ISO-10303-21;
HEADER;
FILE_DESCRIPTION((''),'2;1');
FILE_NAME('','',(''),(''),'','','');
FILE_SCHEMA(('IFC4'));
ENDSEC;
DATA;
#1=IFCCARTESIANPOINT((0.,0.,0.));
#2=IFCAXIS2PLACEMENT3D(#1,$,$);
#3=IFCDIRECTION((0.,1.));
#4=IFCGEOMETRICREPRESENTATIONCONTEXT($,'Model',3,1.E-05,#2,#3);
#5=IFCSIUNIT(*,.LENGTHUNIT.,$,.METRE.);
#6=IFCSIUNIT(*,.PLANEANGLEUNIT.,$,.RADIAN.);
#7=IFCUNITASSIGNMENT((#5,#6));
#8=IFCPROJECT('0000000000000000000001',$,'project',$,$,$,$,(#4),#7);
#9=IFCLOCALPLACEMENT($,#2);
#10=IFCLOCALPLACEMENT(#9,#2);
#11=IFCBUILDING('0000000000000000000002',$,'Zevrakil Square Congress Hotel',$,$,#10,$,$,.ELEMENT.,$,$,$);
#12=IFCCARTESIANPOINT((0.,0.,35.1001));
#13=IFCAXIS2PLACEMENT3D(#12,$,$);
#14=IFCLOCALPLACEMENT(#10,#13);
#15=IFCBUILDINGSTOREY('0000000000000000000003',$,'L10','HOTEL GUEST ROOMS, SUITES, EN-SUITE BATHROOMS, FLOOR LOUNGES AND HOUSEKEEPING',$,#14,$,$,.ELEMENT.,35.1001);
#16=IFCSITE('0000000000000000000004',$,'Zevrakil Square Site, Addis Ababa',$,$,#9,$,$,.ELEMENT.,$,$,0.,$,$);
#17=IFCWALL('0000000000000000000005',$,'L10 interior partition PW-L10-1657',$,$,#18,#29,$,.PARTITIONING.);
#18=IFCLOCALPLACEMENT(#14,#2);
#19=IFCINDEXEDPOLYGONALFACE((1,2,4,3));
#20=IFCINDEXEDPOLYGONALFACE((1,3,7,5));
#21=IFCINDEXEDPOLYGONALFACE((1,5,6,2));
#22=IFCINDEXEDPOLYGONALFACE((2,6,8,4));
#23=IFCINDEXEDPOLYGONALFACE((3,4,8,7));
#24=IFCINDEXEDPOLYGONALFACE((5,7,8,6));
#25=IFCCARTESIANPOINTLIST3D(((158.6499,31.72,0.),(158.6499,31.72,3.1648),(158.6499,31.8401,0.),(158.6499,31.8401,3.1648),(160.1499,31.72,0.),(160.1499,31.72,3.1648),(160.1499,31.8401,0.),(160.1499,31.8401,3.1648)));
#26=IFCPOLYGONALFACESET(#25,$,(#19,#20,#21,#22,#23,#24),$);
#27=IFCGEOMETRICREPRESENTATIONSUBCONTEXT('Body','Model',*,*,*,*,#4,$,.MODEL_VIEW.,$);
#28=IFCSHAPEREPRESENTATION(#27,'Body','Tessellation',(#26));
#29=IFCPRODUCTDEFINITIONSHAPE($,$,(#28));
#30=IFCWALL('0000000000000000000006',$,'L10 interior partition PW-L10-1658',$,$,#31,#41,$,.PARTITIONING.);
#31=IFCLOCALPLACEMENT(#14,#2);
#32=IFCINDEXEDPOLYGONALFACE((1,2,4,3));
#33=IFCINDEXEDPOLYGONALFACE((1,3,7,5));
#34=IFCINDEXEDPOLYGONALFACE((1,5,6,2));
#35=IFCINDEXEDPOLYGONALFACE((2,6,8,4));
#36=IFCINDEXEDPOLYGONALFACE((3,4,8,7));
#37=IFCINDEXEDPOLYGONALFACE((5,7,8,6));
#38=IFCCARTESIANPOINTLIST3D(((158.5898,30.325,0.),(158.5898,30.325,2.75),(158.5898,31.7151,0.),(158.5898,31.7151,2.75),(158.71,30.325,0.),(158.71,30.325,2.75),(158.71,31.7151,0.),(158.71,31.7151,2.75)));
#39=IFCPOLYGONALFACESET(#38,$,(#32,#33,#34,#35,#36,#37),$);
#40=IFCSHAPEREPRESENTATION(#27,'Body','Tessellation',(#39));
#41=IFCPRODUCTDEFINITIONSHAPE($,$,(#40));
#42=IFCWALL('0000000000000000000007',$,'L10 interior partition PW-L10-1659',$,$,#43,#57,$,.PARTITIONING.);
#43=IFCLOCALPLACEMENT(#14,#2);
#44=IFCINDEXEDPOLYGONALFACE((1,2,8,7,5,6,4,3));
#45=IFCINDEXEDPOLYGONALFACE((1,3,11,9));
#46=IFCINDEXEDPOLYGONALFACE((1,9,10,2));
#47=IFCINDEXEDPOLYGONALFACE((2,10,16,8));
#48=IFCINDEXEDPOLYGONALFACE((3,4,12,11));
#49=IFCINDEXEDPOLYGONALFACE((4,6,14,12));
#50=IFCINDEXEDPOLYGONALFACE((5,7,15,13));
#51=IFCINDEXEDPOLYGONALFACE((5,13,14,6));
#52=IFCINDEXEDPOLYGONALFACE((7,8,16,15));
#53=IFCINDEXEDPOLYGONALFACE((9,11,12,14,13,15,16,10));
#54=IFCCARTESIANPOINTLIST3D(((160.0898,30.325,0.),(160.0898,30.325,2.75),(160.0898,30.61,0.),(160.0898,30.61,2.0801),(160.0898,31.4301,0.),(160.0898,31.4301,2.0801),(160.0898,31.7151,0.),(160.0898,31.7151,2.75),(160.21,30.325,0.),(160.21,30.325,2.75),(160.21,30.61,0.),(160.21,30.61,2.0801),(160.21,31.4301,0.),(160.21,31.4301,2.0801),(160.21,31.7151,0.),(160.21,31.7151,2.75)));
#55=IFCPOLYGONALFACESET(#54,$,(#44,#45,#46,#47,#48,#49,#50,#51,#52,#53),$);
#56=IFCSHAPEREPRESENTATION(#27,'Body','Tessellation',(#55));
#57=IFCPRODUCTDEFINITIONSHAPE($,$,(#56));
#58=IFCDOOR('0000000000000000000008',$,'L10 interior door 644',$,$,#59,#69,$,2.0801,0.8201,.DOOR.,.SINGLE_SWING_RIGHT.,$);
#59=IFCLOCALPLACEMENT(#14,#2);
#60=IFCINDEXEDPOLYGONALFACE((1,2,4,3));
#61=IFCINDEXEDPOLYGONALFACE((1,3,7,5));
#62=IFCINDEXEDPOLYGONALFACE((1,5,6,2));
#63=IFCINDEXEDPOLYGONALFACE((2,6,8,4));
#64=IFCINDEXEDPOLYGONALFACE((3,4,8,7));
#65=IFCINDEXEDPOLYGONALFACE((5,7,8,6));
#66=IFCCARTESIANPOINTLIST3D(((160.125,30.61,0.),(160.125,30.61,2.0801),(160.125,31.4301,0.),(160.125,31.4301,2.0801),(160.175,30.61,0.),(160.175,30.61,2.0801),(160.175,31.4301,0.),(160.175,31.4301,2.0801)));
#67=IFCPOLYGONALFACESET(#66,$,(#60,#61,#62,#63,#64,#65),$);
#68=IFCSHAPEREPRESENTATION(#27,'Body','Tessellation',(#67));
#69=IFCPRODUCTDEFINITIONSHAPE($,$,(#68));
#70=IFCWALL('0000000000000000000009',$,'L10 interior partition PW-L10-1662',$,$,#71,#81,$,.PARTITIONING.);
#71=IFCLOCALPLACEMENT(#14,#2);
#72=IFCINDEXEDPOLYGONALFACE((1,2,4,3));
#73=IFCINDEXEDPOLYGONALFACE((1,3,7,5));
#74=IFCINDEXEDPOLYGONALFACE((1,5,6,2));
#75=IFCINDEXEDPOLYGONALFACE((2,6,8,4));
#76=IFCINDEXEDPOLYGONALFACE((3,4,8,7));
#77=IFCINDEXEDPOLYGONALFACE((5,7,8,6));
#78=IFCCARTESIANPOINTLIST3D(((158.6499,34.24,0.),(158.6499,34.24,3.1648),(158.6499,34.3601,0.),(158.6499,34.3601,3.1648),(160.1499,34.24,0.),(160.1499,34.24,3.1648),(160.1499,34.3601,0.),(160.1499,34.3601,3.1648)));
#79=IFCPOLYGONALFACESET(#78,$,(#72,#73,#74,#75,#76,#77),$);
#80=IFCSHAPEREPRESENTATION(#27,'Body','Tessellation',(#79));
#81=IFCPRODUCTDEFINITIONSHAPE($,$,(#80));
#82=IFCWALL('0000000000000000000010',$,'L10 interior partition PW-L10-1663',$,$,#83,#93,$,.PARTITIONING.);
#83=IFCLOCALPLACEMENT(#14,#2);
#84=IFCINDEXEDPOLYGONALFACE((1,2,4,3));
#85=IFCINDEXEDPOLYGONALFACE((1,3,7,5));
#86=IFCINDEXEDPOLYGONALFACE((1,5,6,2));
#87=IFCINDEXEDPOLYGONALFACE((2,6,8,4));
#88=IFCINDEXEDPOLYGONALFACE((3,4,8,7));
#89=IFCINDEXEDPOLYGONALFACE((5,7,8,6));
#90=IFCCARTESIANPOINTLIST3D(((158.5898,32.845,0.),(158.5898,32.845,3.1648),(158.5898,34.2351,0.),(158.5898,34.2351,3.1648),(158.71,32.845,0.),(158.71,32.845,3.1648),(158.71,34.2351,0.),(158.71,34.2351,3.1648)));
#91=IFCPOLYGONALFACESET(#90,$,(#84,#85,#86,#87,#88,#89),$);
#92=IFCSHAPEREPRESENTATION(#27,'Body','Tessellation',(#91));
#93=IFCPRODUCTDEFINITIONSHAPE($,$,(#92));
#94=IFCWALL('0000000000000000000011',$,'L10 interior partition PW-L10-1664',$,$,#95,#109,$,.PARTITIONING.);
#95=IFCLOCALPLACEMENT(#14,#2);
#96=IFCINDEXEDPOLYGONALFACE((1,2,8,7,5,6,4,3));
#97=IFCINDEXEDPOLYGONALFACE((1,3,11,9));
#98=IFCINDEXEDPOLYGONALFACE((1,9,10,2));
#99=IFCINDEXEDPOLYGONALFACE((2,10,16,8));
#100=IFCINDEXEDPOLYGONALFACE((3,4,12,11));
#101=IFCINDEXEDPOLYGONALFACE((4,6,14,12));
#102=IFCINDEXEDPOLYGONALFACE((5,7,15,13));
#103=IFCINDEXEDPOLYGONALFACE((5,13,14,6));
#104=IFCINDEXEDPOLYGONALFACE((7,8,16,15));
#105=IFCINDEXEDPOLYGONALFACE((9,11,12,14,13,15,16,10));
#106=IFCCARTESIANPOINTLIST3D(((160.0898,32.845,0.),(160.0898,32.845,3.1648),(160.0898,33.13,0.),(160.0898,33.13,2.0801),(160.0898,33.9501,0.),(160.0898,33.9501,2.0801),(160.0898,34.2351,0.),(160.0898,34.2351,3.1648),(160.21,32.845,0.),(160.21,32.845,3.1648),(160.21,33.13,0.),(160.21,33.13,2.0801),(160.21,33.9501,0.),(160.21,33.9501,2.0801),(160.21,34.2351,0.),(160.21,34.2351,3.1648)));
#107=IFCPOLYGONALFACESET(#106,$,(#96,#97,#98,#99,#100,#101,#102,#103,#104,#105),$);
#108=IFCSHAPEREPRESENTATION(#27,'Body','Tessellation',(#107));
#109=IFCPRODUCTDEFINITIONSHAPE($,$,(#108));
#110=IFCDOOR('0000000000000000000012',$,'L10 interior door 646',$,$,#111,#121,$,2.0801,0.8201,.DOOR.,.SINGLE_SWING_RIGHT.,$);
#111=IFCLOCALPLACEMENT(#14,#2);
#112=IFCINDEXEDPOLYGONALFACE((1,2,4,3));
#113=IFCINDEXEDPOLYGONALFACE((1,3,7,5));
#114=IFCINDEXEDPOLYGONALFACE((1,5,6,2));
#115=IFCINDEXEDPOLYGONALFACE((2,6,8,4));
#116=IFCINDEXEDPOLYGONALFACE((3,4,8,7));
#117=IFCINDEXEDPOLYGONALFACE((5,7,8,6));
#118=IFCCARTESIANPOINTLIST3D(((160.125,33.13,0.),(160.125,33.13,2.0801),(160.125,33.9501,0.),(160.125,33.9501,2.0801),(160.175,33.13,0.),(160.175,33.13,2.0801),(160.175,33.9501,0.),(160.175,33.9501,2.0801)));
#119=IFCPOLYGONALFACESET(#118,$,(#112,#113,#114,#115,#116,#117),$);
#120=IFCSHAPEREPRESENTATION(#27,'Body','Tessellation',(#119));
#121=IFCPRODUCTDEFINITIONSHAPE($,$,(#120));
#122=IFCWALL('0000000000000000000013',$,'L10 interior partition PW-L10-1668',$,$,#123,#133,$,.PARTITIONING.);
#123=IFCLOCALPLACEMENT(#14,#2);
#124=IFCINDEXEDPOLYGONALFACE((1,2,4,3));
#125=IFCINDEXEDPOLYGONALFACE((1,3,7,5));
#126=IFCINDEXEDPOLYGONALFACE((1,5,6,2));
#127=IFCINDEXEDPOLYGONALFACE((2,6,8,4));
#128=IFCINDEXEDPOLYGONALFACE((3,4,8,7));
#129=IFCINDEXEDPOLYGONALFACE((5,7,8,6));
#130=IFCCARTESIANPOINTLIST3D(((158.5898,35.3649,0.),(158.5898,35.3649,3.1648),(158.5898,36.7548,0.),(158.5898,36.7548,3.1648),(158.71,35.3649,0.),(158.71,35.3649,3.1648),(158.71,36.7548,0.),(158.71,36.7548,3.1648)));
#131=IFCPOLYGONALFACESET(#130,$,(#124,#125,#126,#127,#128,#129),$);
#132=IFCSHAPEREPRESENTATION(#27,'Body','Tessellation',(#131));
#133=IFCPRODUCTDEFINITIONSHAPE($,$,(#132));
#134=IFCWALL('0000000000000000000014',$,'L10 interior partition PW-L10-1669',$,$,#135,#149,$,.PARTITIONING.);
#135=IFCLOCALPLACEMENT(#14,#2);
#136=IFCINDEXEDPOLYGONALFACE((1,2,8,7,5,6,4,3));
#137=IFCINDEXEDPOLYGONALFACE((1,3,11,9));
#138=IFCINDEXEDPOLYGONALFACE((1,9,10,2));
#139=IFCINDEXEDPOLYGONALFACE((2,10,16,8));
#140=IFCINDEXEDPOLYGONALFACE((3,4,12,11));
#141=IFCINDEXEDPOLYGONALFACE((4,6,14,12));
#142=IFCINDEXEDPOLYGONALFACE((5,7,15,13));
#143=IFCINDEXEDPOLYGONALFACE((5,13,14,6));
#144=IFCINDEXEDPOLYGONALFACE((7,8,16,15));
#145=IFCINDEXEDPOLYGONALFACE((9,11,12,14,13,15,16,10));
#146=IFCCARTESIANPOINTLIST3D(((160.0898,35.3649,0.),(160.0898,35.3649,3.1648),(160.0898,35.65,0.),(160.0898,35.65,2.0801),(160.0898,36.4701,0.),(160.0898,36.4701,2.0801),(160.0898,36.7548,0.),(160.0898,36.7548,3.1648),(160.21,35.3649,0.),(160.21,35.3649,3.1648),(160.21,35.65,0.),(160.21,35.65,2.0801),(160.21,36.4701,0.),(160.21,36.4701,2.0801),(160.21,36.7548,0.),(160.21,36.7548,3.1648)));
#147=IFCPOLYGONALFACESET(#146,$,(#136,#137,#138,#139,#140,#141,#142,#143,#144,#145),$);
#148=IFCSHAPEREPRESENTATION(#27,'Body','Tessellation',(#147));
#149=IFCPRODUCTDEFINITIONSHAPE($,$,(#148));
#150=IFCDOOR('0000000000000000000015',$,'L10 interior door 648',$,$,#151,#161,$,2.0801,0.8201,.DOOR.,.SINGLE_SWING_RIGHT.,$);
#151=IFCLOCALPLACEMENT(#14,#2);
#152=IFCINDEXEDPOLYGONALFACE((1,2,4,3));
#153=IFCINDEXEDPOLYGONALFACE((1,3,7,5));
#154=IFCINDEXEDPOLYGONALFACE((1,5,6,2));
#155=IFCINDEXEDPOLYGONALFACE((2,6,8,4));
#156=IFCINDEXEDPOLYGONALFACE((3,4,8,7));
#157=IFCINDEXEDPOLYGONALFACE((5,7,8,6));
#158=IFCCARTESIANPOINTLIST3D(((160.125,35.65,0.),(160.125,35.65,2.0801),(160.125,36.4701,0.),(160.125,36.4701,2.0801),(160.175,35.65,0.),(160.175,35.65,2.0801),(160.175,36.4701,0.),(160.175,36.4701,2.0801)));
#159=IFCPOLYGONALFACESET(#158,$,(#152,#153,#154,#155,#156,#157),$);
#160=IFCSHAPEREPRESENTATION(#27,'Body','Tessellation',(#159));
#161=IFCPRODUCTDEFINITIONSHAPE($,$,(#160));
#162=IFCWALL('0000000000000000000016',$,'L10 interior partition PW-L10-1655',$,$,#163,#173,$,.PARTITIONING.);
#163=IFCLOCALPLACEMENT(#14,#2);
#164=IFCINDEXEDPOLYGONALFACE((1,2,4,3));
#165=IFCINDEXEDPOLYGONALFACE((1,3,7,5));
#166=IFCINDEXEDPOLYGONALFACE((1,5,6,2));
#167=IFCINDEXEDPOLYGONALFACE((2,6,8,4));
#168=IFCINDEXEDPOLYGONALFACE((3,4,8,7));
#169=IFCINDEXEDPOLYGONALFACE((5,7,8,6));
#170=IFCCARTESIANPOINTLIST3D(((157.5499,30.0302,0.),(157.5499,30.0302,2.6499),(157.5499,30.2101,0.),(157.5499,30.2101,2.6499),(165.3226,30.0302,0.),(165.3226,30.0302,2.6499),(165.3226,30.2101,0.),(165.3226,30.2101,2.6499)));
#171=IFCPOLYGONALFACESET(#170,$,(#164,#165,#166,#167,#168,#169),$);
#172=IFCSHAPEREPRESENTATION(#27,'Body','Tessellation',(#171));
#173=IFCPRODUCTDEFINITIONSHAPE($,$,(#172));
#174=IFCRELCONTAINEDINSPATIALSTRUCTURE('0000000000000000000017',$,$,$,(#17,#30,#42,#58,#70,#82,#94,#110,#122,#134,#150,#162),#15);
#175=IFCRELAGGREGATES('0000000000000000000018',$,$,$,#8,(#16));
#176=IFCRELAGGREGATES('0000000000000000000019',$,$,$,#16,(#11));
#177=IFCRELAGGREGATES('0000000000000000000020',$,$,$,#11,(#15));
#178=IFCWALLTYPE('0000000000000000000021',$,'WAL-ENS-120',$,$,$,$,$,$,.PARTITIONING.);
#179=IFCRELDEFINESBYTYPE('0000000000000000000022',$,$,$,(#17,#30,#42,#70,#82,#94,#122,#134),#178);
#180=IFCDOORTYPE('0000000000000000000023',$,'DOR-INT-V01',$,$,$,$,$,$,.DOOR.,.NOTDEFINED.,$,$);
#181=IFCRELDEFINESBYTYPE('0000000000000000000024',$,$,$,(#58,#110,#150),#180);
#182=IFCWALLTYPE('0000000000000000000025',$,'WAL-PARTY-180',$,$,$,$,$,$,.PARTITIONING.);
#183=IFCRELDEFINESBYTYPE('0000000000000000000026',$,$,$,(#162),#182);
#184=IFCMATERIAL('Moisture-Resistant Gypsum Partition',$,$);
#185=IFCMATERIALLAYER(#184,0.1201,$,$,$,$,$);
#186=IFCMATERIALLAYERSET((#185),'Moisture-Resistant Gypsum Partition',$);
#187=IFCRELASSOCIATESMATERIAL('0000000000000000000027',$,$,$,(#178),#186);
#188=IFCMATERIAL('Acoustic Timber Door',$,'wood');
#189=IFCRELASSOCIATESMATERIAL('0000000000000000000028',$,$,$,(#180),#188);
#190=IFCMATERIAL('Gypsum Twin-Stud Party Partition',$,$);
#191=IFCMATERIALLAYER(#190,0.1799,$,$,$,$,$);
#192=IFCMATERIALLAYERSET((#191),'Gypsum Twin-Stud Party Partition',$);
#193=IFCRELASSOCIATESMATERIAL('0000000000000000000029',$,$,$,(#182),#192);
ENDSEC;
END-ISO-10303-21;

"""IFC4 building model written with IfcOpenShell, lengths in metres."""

from ifc_helpers import new_model, si_unit, direction, frame, frame_2d, origin, place, context, subcontext, project, spatial, rectangle, extrude, material, layer, layer_set, type_object, element, fill, save


model = new_model("IFC4")

# Units and contexts
model_context = context("Model", 3, precision=1e-05, world=origin(), true_north=direction((0.0, 1.0)))
body_context = subcontext(model_context, "Body", "Model", "MODEL_VIEW")
ifc_project = project(units=[si_unit("LENGTHUNIT", "METRE"), si_unit("PLANEANGLEUNIT", "RADIAN")], contexts=[model_context])

# Site, building, storey
site_placement = place(None, origin())
site = spatial("IfcSite", under=ifc_project, at=site_placement, Name="Zevrakil Square Site, Addis Ababa", CompositionType="ELEMENT", RefElevation=0.0)
building_placement = place(site_placement, origin())
building = spatial("IfcBuilding", under=site, at=building_placement, Name="Zevrakil Square Congress Hotel", CompositionType="ELEMENT")
storey_placement = place(building_placement, frame((0.0, 0.0, 35.1001)))
storey = spatial("IfcBuildingStorey", under=building, at=storey_placement, Name="L10", Description="HOTEL GUEST ROOMS, SUITES, EN-SUITE BATHROOMS, FLOOR LOUNGES AND HOUSEKEEPING", CompositionType="ELEMENT", Elevation=35.1001)

# Walls
ifc_material_1 = material(Name="Moisture-Resistant Gypsum Partition")
ifc_layer_1 = layer(ifc_material_1, 0.1201)
ifc_layer_set_1 = layer_set([ifc_layer_1], Name="Moisture-Resistant Gypsum Partition")
wall_type_1 = type_object("IfcWallType", Name="WAL-ENS-120", PredefinedType="PARTITIONING", material=ifc_layer_set_1)
for number, where, z_axis, x_axis, name in (
    (1, (158.6499, 31.78, 0.0), (0.0, 0.0, 1.0), (1.0, 0.0, 0.0), "L10 interior partition PW-L10-1657"),
):
    element("IfcWall", number, at=place(storey_placement, frame(where, z_axis=z_axis, x_axis=x_axis)), inside=storey, type_object=wall_type_1, Name=name, PredefinedType="PARTITIONING", context=body_context, shape_type="SweptSolid", body=[
        extrude(rectangle(XDim=1.5, YDim=0.1201, at=frame_2d((0.75, 0.0))), origin(), (0.0, 0.0, 1.0), 3.1648),
    ])
wall_1_placement = place(storey_placement, frame((158.6499, 30.325, 0.0), z_axis=(0.0, 0.0, 1.0), x_axis=(0.0, 1.0, 0.0)))
element("IfcWall", 2, at=wall_1_placement, inside=storey, type_object=wall_type_1, Name="L10 interior partition PW-L10-1658", PredefinedType="PARTITIONING", context=body_context, shape_type="SweptSolid", body=[
    extrude(rectangle(XDim=1.3901, YDim=0.1201, at=frame_2d((0.6951, 0.0))), origin(), (0.0, 0.0, 1.0), 2.75),
])

# Wall, opening, door
wall_2_placement = place(storey_placement, frame((160.1499, 30.325, 0.0), z_axis=(0.0, 0.0, 1.0), x_axis=(0.0, 1.0, 0.0)))
wall_2 = element("IfcWall", 3, at=wall_2_placement, inside=storey, type_object=wall_type_1, Name="L10 interior partition PW-L10-1659", PredefinedType="PARTITIONING", context=body_context, shape_type="SweptSolid", body=[
    extrude(rectangle(XDim=1.3901, YDim=0.1201, at=frame_2d((0.6951, 0.0))), origin(), (0.0, 0.0, 1.0), 2.75),
])
opening_1_placement = place(wall_2_placement, frame((0.2849, 0.0, 0.0)))
opening_1 = element("IfcOpeningElement", 4, at=opening_1_placement, cuts=wall_2, PredefinedType="OPENING", context=body_context, shape_type="SweptSolid", body=[
    extrude(rectangle(XDim=0.8201, YDim=2.0801, at=frame_2d((0.4102, 1.04))), frame((0.0, 0.0701, 0.0), z_axis=(0.0, -1.0, 0.0), x_axis=(1.0, 0.0, 0.0)), (0.0, 0.0, 1.0), 0.1401),
])
ifc_material_2 = material(Name="Acoustic Timber Door", Category="wood")
door_type_1 = type_object("IfcDoorType", Name="DOR-INT-V01", OperationType="NOTDEFINED", PredefinedType="DOOR", material=ifc_material_2)
door_1_placement = place(opening_1_placement, origin())
door_1 = element("IfcDoor", 5, at=door_1_placement, inside=storey, type_object=door_type_1, Name="L10 interior door 644", OperationType="SINGLE_SWING_RIGHT", OverallHeight=2.0801, OverallWidth=0.8201, PredefinedType="DOOR", context=body_context, shape_type="SweptSolid", body=[
    extrude(rectangle(XDim=0.8201, YDim=2.0801, at=frame_2d((0.4102, 1.04))), frame((0.0, 0.0249, 0.0), z_axis=(0.0, -1.0, 0.0), x_axis=(1.0, 0.0, 0.0)), (0.0, 0.0, 1.0), 0.05),
])
fill(opening_1, door_1)

# Walls
wall_3_placement = place(storey_placement, frame((158.6499, 34.3, 0.0), z_axis=(0.0, 0.0, 1.0), x_axis=(1.0, 0.0, 0.0)))
element("IfcWall", 6, at=wall_3_placement, inside=storey, type_object=wall_type_1, Name="L10 interior partition PW-L10-1662", PredefinedType="PARTITIONING", context=body_context, shape_type="SweptSolid", body=[
    extrude(rectangle(XDim=1.5, YDim=0.1201, at=frame_2d((0.75, 0.0))), origin(), (0.0, 0.0, 1.0), 3.1648),
])
wall_4_placement = place(storey_placement, frame((158.6499, 32.845, 0.0), z_axis=(0.0, 0.0, 1.0), x_axis=(0.0, 1.0, 0.0)))
element("IfcWall", 7, at=wall_4_placement, inside=storey, type_object=wall_type_1, Name="L10 interior partition PW-L10-1663", PredefinedType="PARTITIONING", context=body_context, shape_type="SweptSolid", body=[
    extrude(rectangle(XDim=1.3901, YDim=0.1201, at=frame_2d((0.6951, 0.0))), origin(), (0.0, 0.0, 1.0), 3.1648),
])

# Wall, opening, door
wall_5_placement = place(storey_placement, frame((160.1499, 32.845, 0.0), z_axis=(0.0, 0.0, 1.0), x_axis=(0.0, 1.0, 0.0)))
wall_5 = element("IfcWall", 8, at=wall_5_placement, inside=storey, type_object=wall_type_1, Name="L10 interior partition PW-L10-1664", PredefinedType="PARTITIONING", context=body_context, shape_type="SweptSolid", body=[
    extrude(rectangle(XDim=1.3901, YDim=0.1201, at=frame_2d((0.6951, 0.0))), origin(), (0.0, 0.0, 1.0), 3.1648),
])
opening_2_placement = place(wall_5_placement, frame((0.2849, 0.0, 0.0)))
opening_2 = element("IfcOpeningElement", 9, at=opening_2_placement, cuts=wall_5, PredefinedType="OPENING", context=body_context, shape_type="SweptSolid", body=[
    extrude(rectangle(XDim=0.8201, YDim=2.0801, at=frame_2d((0.4102, 1.04))), frame((0.0, 0.0701, 0.0), z_axis=(0.0, -1.0, 0.0), x_axis=(1.0, 0.0, 0.0)), (0.0, 0.0, 1.0), 0.1401),
])
door_2_placement = place(opening_2_placement, origin())
door_2 = element("IfcDoor", 10, at=door_2_placement, inside=storey, type_object=door_type_1, Name="L10 interior door 646", OperationType="SINGLE_SWING_RIGHT", OverallHeight=2.0801, OverallWidth=0.8201, PredefinedType="DOOR", context=body_context, shape_type="SweptSolid", body=[
    extrude(rectangle(XDim=0.8201, YDim=2.0801, at=frame_2d((0.4102, 1.04))), frame((0.0, 0.0249, 0.0), z_axis=(0.0, -1.0, 0.0), x_axis=(1.0, 0.0, 0.0)), (0.0, 0.0, 1.0), 0.05),
])
fill(opening_2, door_2)

# Wall
wall_6_placement = place(storey_placement, frame((158.6499, 35.365, 0.0), z_axis=(0.0, 0.0, 1.0), x_axis=(0.0, 1.0, 0.0)))
element("IfcWall", 11, at=wall_6_placement, inside=storey, type_object=wall_type_1, Name="L10 interior partition PW-L10-1668", PredefinedType="PARTITIONING", context=body_context, shape_type="SweptSolid", body=[
    extrude(rectangle(XDim=1.3899, YDim=0.1201, at=frame_2d((0.6948, 0.0))), origin(), (0.0, 0.0, 1.0), 3.1648),
])

# Wall, opening, door
wall_7_placement = place(storey_placement, frame((160.1499, 35.365, 0.0), z_axis=(0.0, 0.0, 1.0), x_axis=(0.0, 1.0, 0.0)))
wall_7 = element("IfcWall", 12, at=wall_7_placement, inside=storey, type_object=wall_type_1, Name="L10 interior partition PW-L10-1669", PredefinedType="PARTITIONING", context=body_context, shape_type="SweptSolid", body=[
    extrude(rectangle(XDim=1.3899, YDim=0.1201, at=frame_2d((0.6948, 0.0))), origin(), (0.0, 0.0, 1.0), 3.1648),
])
opening_3_placement = place(wall_7_placement, frame((0.2849, 0.0, 0.0)))
opening_3 = element("IfcOpeningElement", 13, at=opening_3_placement, cuts=wall_7, PredefinedType="OPENING", context=body_context, shape_type="SweptSolid", body=[
    extrude(rectangle(XDim=0.8201, YDim=2.0801, at=frame_2d((0.4102, 1.04))), frame((0.0, 0.0701, 0.0), z_axis=(0.0, -1.0, 0.0), x_axis=(1.0, 0.0, 0.0)), (0.0, 0.0, 1.0), 0.1401),
])
door_3_placement = place(opening_3_placement, origin())
door_3 = element("IfcDoor", 14, at=door_3_placement, inside=storey, type_object=door_type_1, Name="L10 interior door 648", OperationType="SINGLE_SWING_RIGHT", OverallHeight=2.0801, OverallWidth=0.8201, PredefinedType="DOOR", context=body_context, shape_type="SweptSolid", body=[
    extrude(rectangle(XDim=0.8201, YDim=2.0801, at=frame_2d((0.4102, 1.04))), frame((0.0, 0.0249, 0.0), z_axis=(0.0, -1.0, 0.0), x_axis=(1.0, 0.0, 0.0)), (0.0, 0.0, 1.0), 0.05),
])
fill(opening_3, door_3)

# Wall
ifc_material_3 = material(Name="Gypsum Twin-Stud Party Partition")
ifc_layer_2 = layer(ifc_material_3, 0.1799)
ifc_layer_set_2 = layer_set([ifc_layer_2], Name="Gypsum Twin-Stud Party Partition")
wall_type_2 = type_object("IfcWallType", Name="WAL-PARTY-180", PredefinedType="PARTITIONING", material=ifc_layer_set_2)
wall_8_placement = place(storey_placement, frame((157.55, 30.1201, 0.0), z_axis=(0.0, 0.0, 1.0), x_axis=(1.0, 0.0, 0.0)))
element("IfcWall", 15, at=wall_8_placement, inside=storey, type_object=wall_type_2, Name="L10 interior partition PW-L10-1655", PredefinedType="PARTITIONING", context=body_context, shape_type="SweptSolid", body=[
    extrude(rectangle(XDim=7.7727, YDim=0.1799, at=frame_2d((3.8862, 0.0))), origin(), (0.0, 0.0, 1.0), 2.6499),
])

save(model, "model.ifc")
